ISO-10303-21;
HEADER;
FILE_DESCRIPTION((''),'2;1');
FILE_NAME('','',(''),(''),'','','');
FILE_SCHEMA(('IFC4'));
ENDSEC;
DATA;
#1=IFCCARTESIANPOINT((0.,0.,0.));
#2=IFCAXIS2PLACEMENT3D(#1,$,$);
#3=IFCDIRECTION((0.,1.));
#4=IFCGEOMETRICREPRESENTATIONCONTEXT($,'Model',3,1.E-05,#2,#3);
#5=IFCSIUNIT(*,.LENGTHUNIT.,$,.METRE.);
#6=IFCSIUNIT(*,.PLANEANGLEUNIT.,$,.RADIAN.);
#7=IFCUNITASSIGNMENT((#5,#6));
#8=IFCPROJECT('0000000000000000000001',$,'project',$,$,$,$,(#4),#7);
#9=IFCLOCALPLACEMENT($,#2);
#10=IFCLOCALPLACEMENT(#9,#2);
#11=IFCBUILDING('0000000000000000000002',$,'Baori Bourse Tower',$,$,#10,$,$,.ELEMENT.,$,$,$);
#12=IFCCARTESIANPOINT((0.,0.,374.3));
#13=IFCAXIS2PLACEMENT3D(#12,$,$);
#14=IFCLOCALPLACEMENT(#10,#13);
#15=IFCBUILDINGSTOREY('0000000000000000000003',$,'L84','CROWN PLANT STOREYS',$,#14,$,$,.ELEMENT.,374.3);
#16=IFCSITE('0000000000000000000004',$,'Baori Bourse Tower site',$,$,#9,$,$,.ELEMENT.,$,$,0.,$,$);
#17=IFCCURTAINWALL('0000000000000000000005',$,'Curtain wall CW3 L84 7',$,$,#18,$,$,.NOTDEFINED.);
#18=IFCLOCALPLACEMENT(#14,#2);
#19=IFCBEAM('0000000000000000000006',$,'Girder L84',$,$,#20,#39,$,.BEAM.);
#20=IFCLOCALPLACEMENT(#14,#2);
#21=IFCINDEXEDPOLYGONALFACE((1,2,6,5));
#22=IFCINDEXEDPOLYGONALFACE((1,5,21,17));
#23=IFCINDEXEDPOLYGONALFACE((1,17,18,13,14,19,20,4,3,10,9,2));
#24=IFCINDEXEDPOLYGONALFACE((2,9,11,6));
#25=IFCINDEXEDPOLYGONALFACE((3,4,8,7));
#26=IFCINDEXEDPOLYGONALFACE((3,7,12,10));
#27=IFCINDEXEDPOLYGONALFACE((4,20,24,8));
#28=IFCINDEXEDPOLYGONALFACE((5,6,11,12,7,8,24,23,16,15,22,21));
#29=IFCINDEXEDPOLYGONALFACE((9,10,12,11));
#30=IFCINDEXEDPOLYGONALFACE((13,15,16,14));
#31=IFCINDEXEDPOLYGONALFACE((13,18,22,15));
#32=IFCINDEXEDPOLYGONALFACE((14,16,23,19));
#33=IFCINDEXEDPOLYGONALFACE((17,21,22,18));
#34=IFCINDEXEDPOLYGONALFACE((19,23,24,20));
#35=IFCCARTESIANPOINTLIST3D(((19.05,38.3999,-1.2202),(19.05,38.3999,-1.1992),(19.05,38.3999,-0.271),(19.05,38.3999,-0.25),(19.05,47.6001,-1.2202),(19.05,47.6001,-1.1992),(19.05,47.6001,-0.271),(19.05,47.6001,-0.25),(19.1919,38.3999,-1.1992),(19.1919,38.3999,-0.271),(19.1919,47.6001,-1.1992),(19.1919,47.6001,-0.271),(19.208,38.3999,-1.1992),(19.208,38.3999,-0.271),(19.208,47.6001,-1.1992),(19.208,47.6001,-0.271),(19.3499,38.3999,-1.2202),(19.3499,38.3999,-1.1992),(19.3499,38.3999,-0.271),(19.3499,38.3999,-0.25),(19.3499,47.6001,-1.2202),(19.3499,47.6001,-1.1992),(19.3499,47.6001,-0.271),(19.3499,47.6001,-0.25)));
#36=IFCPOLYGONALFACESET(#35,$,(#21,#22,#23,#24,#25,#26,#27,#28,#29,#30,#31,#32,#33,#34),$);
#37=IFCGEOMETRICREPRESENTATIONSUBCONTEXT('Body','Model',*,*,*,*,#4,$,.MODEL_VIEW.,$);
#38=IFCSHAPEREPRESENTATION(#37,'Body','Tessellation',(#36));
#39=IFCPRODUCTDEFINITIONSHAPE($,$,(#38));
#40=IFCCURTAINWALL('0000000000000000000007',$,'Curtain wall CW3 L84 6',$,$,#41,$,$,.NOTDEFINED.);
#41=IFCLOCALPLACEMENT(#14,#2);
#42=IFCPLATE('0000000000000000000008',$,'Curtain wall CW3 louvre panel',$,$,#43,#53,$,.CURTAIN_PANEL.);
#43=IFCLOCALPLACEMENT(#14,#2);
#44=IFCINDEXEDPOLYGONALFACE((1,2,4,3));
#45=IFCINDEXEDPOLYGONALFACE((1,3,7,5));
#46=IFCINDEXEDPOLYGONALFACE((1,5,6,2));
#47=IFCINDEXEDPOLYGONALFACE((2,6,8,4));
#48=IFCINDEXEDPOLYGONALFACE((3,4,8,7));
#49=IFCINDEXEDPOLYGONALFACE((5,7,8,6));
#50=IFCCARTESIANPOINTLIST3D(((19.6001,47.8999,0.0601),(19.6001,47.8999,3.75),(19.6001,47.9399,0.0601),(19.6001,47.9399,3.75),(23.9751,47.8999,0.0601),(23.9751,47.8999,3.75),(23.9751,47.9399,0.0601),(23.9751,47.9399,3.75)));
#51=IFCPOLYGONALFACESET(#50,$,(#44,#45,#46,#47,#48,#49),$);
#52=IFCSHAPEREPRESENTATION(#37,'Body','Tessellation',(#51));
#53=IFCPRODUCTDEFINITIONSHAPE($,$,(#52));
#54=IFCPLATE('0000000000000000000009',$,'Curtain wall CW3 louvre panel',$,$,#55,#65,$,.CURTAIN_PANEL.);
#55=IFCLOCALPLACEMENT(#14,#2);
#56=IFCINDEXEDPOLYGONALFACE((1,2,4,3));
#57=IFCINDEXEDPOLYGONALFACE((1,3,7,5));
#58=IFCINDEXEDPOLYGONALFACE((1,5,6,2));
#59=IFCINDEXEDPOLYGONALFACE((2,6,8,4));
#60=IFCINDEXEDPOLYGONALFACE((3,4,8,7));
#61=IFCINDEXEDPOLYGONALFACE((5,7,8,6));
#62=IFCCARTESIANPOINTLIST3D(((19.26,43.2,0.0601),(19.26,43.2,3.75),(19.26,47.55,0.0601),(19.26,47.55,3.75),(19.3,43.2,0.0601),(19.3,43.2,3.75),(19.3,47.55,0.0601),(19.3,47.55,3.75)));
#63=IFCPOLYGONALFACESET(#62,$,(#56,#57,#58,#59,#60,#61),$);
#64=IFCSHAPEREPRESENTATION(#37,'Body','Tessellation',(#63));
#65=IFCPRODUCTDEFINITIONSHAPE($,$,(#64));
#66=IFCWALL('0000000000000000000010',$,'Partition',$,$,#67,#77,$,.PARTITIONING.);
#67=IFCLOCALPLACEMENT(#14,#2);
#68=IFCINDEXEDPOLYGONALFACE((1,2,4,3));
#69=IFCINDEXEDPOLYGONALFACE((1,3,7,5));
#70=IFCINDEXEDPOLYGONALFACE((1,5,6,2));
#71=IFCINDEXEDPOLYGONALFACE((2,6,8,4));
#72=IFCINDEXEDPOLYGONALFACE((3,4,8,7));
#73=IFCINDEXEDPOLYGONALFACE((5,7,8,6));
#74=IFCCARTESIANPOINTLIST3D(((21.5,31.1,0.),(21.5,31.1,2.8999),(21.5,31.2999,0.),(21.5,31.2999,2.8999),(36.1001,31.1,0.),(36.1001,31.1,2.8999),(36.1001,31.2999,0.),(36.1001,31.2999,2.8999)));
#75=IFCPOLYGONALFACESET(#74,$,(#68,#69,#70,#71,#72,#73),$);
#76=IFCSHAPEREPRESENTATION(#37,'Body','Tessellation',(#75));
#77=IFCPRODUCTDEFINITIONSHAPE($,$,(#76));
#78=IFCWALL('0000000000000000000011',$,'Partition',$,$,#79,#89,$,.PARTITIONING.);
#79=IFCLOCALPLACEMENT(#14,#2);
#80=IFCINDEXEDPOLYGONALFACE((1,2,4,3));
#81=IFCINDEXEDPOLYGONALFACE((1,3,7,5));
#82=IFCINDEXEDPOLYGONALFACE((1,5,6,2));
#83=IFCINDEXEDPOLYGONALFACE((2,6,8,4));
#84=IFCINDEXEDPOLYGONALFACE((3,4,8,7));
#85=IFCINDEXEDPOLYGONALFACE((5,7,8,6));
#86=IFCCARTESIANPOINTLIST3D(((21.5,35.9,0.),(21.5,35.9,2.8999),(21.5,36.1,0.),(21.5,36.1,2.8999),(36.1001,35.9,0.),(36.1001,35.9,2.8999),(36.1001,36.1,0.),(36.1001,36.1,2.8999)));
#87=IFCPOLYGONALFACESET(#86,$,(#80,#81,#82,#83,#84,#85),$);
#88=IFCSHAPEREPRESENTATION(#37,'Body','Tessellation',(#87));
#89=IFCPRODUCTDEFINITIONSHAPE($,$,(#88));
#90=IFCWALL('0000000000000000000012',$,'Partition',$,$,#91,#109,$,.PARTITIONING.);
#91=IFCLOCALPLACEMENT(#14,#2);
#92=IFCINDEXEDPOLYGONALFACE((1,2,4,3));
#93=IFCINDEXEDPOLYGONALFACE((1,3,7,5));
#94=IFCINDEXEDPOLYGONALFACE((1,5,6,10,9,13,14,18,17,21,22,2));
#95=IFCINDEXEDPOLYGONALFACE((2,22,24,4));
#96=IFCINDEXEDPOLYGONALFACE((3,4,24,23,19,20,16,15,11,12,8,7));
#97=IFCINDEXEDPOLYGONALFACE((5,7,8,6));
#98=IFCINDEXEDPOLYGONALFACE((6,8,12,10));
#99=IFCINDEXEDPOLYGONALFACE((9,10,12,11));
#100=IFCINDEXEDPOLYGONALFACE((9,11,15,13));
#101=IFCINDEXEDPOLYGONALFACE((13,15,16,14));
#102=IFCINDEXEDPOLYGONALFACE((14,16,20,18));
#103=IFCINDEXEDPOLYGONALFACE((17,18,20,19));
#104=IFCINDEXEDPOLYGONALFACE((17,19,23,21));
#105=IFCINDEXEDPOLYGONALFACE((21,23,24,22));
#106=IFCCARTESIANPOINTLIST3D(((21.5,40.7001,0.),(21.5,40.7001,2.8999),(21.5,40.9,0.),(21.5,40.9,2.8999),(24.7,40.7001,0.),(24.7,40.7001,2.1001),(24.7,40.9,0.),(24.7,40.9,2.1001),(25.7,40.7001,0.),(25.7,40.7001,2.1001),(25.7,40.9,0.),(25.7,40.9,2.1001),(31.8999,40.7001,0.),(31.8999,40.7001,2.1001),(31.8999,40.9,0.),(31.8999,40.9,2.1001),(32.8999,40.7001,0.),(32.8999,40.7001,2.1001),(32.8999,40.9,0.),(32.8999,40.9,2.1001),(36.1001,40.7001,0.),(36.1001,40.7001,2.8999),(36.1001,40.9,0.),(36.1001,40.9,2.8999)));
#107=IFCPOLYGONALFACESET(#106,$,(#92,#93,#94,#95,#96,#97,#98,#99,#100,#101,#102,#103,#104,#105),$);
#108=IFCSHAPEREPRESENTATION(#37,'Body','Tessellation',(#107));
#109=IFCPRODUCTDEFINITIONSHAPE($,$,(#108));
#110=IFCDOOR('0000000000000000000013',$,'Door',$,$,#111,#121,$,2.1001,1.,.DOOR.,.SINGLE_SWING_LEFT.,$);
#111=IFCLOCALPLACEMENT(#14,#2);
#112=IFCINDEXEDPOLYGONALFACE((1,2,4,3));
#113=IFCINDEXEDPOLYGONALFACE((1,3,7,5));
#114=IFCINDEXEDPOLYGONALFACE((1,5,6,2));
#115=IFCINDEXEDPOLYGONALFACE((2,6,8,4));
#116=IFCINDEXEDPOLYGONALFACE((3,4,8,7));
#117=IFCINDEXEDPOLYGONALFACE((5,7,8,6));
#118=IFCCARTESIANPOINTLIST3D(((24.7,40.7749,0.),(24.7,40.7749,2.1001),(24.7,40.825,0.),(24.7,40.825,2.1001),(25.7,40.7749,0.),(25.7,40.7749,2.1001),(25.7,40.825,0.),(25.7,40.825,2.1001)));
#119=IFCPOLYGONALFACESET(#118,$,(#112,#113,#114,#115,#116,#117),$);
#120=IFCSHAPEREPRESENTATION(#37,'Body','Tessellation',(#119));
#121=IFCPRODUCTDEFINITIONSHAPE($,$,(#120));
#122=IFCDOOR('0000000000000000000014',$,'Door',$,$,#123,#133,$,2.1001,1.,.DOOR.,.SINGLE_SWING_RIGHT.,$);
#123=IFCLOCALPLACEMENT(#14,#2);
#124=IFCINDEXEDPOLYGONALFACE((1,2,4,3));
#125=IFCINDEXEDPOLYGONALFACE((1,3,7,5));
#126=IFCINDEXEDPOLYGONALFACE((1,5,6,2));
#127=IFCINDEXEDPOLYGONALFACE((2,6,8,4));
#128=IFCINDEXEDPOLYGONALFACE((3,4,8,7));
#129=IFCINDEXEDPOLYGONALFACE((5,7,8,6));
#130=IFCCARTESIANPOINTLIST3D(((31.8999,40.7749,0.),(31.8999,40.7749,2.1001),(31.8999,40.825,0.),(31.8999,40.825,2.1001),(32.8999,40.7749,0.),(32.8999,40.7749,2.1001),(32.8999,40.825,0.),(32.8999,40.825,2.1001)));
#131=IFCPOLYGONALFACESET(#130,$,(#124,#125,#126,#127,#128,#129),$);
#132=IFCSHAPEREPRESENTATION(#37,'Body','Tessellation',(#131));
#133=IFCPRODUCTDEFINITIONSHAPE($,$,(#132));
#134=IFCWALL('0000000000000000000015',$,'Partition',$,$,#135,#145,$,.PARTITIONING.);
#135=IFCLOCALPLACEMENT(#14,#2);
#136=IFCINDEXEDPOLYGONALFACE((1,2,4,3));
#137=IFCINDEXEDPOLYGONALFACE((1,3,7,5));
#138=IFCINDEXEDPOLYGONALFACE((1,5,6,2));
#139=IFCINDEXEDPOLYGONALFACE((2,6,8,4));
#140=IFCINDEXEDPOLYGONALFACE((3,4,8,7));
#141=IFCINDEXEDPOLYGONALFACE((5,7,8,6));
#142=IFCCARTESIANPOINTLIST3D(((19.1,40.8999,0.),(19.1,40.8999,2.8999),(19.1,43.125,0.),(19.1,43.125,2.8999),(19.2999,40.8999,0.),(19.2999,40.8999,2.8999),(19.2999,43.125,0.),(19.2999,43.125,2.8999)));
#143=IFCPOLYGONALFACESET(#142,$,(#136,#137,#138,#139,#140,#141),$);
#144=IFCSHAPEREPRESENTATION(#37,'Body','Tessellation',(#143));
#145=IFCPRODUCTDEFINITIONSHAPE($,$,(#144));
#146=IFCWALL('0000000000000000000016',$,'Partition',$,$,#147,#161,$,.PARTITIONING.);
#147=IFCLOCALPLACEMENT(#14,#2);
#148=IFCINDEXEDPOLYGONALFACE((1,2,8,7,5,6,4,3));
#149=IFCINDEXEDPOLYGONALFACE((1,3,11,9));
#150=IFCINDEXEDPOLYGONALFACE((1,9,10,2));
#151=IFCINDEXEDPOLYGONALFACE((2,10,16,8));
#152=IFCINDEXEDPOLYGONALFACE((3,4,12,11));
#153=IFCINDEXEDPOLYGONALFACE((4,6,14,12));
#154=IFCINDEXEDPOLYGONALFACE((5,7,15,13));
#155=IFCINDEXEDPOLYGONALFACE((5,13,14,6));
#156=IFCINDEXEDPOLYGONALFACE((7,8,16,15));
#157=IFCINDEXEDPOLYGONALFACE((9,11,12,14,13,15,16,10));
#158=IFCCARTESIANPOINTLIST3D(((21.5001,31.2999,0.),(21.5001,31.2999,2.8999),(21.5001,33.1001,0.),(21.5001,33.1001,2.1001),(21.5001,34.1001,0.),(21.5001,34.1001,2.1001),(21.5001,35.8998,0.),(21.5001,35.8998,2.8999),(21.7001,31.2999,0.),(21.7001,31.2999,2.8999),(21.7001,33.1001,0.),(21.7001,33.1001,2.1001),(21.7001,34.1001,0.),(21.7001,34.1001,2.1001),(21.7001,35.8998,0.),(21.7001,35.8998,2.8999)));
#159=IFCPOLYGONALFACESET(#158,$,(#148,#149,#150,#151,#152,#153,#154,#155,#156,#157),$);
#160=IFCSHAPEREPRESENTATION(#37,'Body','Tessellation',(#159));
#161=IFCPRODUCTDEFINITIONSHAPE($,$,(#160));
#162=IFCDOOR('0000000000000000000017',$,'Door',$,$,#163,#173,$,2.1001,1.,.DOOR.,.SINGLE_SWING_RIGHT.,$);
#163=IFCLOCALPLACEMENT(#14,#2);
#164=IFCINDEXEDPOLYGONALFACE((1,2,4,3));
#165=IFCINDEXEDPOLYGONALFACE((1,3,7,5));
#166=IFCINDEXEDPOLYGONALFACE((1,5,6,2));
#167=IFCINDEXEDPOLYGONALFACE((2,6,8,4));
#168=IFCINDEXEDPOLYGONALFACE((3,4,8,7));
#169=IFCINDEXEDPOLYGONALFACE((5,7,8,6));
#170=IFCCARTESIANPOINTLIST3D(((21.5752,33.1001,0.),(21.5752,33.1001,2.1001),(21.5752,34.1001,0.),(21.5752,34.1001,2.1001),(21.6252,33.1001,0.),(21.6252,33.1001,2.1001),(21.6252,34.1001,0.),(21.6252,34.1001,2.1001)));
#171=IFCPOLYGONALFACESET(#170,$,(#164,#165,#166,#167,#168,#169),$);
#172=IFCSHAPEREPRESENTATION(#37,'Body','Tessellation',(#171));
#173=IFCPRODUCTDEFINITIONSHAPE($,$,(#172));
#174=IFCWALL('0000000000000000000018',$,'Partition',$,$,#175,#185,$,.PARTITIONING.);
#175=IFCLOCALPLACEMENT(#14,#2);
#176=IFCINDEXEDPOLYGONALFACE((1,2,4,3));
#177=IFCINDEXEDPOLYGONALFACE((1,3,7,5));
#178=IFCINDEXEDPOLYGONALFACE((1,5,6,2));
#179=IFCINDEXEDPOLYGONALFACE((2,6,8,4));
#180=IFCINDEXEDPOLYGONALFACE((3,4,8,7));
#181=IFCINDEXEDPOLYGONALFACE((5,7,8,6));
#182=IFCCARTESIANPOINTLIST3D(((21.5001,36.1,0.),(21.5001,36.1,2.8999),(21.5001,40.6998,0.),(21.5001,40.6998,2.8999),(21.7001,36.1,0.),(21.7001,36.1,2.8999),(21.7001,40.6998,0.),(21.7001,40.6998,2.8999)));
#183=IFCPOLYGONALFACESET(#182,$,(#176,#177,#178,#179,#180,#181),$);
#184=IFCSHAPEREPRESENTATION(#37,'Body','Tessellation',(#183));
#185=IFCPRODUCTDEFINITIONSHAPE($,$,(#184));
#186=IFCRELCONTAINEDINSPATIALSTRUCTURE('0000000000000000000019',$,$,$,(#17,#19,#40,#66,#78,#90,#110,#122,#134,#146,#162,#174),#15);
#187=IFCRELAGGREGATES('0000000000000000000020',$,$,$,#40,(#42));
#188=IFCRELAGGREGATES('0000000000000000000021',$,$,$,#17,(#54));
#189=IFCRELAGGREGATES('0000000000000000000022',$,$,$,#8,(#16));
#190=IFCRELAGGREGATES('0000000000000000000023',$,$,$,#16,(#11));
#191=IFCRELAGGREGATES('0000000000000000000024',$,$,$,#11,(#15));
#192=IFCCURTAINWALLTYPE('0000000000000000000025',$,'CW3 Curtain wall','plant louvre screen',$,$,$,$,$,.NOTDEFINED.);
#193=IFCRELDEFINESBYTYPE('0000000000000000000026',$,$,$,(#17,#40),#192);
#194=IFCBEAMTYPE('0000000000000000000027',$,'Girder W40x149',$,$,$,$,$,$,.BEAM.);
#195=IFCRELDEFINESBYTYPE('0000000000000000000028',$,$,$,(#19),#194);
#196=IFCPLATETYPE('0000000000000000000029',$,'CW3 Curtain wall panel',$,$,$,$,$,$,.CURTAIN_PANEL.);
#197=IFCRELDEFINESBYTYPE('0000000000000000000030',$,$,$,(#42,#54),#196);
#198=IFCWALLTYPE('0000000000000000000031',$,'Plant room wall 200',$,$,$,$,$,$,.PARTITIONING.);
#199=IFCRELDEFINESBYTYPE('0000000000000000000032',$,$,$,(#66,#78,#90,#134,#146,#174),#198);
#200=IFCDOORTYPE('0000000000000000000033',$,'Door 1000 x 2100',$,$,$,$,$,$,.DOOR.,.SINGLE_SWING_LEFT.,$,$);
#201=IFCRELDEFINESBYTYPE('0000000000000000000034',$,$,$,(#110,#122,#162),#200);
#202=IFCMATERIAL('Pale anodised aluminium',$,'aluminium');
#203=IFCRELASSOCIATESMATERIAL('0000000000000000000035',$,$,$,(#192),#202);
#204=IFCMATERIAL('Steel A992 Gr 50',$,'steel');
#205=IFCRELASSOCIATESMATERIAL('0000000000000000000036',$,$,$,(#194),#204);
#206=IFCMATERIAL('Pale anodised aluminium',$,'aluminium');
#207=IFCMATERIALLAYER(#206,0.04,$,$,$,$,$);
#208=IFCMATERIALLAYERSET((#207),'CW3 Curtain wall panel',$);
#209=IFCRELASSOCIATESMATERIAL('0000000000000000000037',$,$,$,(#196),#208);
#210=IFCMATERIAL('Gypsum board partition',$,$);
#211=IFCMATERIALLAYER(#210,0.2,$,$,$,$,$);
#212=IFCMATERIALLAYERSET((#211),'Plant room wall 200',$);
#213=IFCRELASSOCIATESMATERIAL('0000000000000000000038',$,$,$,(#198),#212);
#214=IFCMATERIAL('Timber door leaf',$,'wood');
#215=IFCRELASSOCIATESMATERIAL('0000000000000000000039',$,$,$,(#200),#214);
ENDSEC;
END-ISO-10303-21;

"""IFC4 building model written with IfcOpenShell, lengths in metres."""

from ifc_helpers import new_model, si_unit, direction, frame, frame_2d, origin, origin_2d, place, context, subcontext, project, spatial, rectangle, i_section, extrude, material, layer, layer_set, material_profile, profile_set, type_object, element, fill, aggregate, save


model = new_model("IFC4")

# Units and contexts
model_context = context("Model", 3, precision=1e-05, world=origin(), true_north=direction((0.0, 1.0)))
body_context = subcontext(model_context, "Body", "Model", "MODEL_VIEW")
ifc_project = project(units=[si_unit("LENGTHUNIT", "METRE"), si_unit("PLANEANGLEUNIT", "RADIAN")], contexts=[model_context])

# Site, building, storey
site_placement = place(None, origin())
site = spatial("IfcSite", under=ifc_project, at=site_placement, Name="Baori Bourse Tower site", CompositionType="ELEMENT", RefElevation=0.0)
building_placement = place(site_placement, origin())
building = spatial("IfcBuilding", under=site, at=building_placement, Name="Baori Bourse Tower", CompositionType="ELEMENT")
storey_placement = place(building_placement, frame((0.0, 0.0, 374.3)))
storey = spatial("IfcBuildingStorey", under=building, at=storey_placement, Name="L84", Description="CROWN PLANT STOREYS", CompositionType="ELEMENT", Elevation=374.3)

# Curtain wall
ifc_material_1 = material(Name="Pale anodised aluminium", Category="aluminium")
curtain_wall_type = type_object("IfcCurtainWallType", Name="CW3 Curtain wall", Description="plant louvre screen", PredefinedType="NOTDEFINED", material=ifc_material_1)
curtain_wall_1_placement = place(storey_placement, origin())
curtain_wall_1 = element("IfcCurtainWall", 1, at=curtain_wall_1_placement, inside=storey, type_object=curtain_wall_type, Name="Curtain wall CW3 L84 7", PredefinedType="NOTDEFINED")

# Beam
ifc_material_2 = material(Name="Steel A992 Gr 50", Category="steel")
ifc_material_profile_1 = material_profile(ifc_material_2, i_section(OverallWidth=0.2998, OverallDepth=0.9702, WebThickness=0.0161, FlangeThickness=0.021, at=origin_2d()), Name="W40x149")
ifc_profile_set_1 = profile_set([ifc_material_profile_1], Name="Steel A992 Gr 50")
beam_type_1 = type_object("IfcBeamType", Name="Girder W40x149", PredefinedType="BEAM", material=ifc_profile_set_1)
beam_1_placement = place(storey_placement, frame((19.2, 38.3999, -0.7351), z_axis=(0.0, 1.0, 0.0), x_axis=(-1.0, 0.0, 0.0)))
element("IfcBeam", 2, at=beam_1_placement, inside=storey, type_object=beam_type_1, Name="Girder L84", PredefinedType="BEAM", context=body_context, shape_type="SweptSolid", body=[
    extrude(i_section(OverallWidth=0.2998, OverallDepth=0.9702, WebThickness=0.0161, FlangeThickness=0.021, at=origin_2d()), origin(), (0.0, 0.0, 1.0), 9.2002),
])

# Curtain wall, plate
curtain_wall_2_placement = place(storey_placement, origin())
curtain_wall_2 = element("IfcCurtainWall", 3, at=curtain_wall_2_placement, inside=storey, type_object=curtain_wall_type, Name="Curtain wall CW3 L84 6", PredefinedType="NOTDEFINED")
ifc_material_3 = material(Name="Pale anodised aluminium", Category="aluminium")
ifc_layer_1 = layer(ifc_material_3, 0.04)
ifc_layer_set_1 = layer_set([ifc_layer_1], Name="CW3 Curtain wall panel")
plate_type = type_object("IfcPlateType", Name="CW3 Curtain wall panel", PredefinedType="CURTAIN_PANEL", material=ifc_layer_set_1)
plate_1_placement = place(storey_placement, frame((21.7876, 47.9199, 0.0601), z_axis=(0.0, 0.0, 1.0), x_axis=(-1.0, 0.0, 0.0)))
plate_1 = element("IfcPlate", 4, at=plate_1_placement, type_object=plate_type, Name="Curtain wall CW3 louvre panel", PredefinedType="CURTAIN_PANEL", context=body_context, shape_type="SweptSolid", body=[
    extrude(rectangle(XDim=4.375, YDim=0.04, at=origin_2d()), origin(), (0.0, 0.0, 1.0), 3.6899),
])
aggregate(curtain_wall_2, [plate_1])

# Plate
plate_2_placement = place(storey_placement, frame((19.28, 45.375, 0.0601), z_axis=(0.0, 0.0, 1.0), x_axis=(0.0, -1.0, 0.0)))
plate_2 = element("IfcPlate", 5, at=plate_2_placement, type_object=plate_type, Name="Curtain wall CW3 louvre panel", PredefinedType="CURTAIN_PANEL", context=body_context, shape_type="SweptSolid", body=[
    extrude(rectangle(XDim=4.3501, YDim=0.04, at=origin_2d()), origin(), (0.0, 0.0, 1.0), 3.6899),
])
aggregate(curtain_wall_1, [plate_2])

# Walls
ifc_material_4 = material(Name="Gypsum board partition")
ifc_layer_2 = layer(ifc_material_4, 0.2)
ifc_layer_set_2 = layer_set([ifc_layer_2], Name="Plant room wall 200")
wall_type = type_object("IfcWallType", Name="Plant room wall 200", PredefinedType="PARTITIONING", material=ifc_layer_set_2)
for number, where, z_axis, x_axis, name in (
    (6, (21.5, 31.2, 0.0), (0.0, 0.0, 1.0), (1.0, 0.0, 0.0), "Partition"),
    (7, (21.5, 36.0, 0.0), (0.0, 0.0, 1.0), (1.0, 0.0, 0.0), "Partition"),
):
    element("IfcWall", number, at=place(storey_placement, frame(where, z_axis=z_axis, x_axis=x_axis)), inside=storey, type_object=wall_type, Name=name, PredefinedType="PARTITIONING", context=body_context, shape_type="SweptSolid", body=[
        extrude(rectangle(XDim=14.6001, YDim=0.2, at=frame_2d((7.3, 0.0))), origin(), (0.0, 0.0, 1.0), 2.8999),
    ])

# Wall, openings, doors
wall_1_placement = place(storey_placement, frame((21.5, 40.8, 0.0), z_axis=(0.0, 0.0, 1.0), x_axis=(1.0, 0.0, 0.0)))
wall_1 = element("IfcWall", 8, at=wall_1_placement, inside=storey, type_object=wall_type, Name="Partition", PredefinedType="PARTITIONING", context=body_context, shape_type="SweptSolid", body=[
    extrude(rectangle(XDim=14.6001, YDim=0.2, at=frame_2d((7.3, 0.0))), origin(), (0.0, 0.0, 1.0), 2.8999),
])
opening_1_placement = place(wall_1_placement, frame((3.2, 0.0, 0.0)))
opening_1 = element("IfcOpeningElement", 9, at=opening_1_placement, cuts=wall_1, PredefinedType="OPENING", context=body_context, shape_type="SweptSolid", body=[
    extrude(rectangle(XDim=1.0, YDim=2.1001, at=frame_2d((0.5, 1.05))), frame((0.0, 0.1099, 0.0), z_axis=(0.0, -1.0, 0.0), x_axis=(1.0, 0.0, 0.0)), (0.0, 0.0, 1.0), 0.22),
])
opening_2_placement = place(wall_1_placement, frame((10.3999, 0.0, 0.0)))
opening_2 = element("IfcOpeningElement", 10, at=opening_2_placement, cuts=wall_1, PredefinedType="OPENING", context=body_context, shape_type="SweptSolid", body=[
    extrude(rectangle(XDim=1.0, YDim=2.1001, at=frame_2d((0.5, 1.05))), frame((0.0, 0.1099, 0.0), z_axis=(0.0, -1.0, 0.0), x_axis=(1.0, 0.0, 0.0)), (0.0, 0.0, 1.0), 0.22),
])
ifc_material_5 = material(Name="Timber door leaf", Category="wood")
door_type = type_object("IfcDoorType", Name="Door 1000 x 2100", OperationType="SINGLE_SWING_LEFT", PredefinedType="DOOR", material=ifc_material_5)
door_1_placement = place(opening_1_placement, origin())
door_1 = element("IfcDoor", 11, at=door_1_placement, inside=storey, type_object=door_type, Name="Door", OperationType="SINGLE_SWING_LEFT", OverallHeight=2.1001, OverallWidth=1.0, PredefinedType="DOOR", context=body_context, shape_type="SweptSolid", body=[
    extrude(rectangle(XDim=1.0, YDim=2.1001, at=frame_2d((0.5, 1.05))), frame((0.0, 0.0249, 0.0), z_axis=(0.0, -1.0, 0.0), x_axis=(1.0, 0.0, 0.0)), (0.0, 0.0, 1.0), 0.05),
])
fill(opening_1, door_1)
door_2_placement = place(opening_2_placement, origin())
door_2 = element("IfcDoor", 12, at=door_2_placement, inside=storey, type_object=door_type, Name="Door", OperationType="SINGLE_SWING_RIGHT", OverallHeight=2.1001, OverallWidth=1.0, PredefinedType="DOOR", context=body_context, shape_type="SweptSolid", body=[
    extrude(rectangle(XDim=1.0, YDim=2.1001, at=frame_2d((0.5, 1.05))), frame((0.0, 0.0249, 0.0), z_axis=(0.0, -1.0, 0.0), x_axis=(1.0, 0.0, 0.0)), (0.0, 0.0, 1.0), 0.05),
])
fill(opening_2, door_2)

# Wall
wall_2_placement = place(storey_placement, frame((19.2, 40.8999, 0.0), z_axis=(0.0, 0.0, 1.0), x_axis=(0.0, 1.0, 0.0)))
element("IfcWall", 13, at=wall_2_placement, inside=storey, type_object=wall_type, Name="Partition", PredefinedType="PARTITIONING", context=body_context, shape_type="SweptSolid", body=[
    extrude(rectangle(XDim=2.2251, YDim=0.2, at=frame_2d((1.1125, 0.0))), origin(), (0.0, 0.0, 1.0), 2.8999),
])

# Wall, opening, door
wall_3_placement = place(storey_placement, frame((21.6001, 31.3, 0.0), z_axis=(0.0, 0.0, 1.0), x_axis=(0.0, 1.0, 0.0)))
wall_3 = element("IfcWall", 14, at=wall_3_placement, inside=storey, type_object=wall_type, Name="Partition", PredefinedType="PARTITIONING", context=body_context, shape_type="SweptSolid", body=[
    extrude(rectangle(XDim=4.5999, YDim=0.2, at=frame_2d((2.2998, 0.0))), origin(), (0.0, 0.0, 1.0), 2.8999),
])
opening_3_placement = place(wall_3_placement, frame((1.8, 0.0, 0.0)))
opening_3 = element("IfcOpeningElement", 15, at=opening_3_placement, cuts=wall_3, PredefinedType="OPENING", context=body_context, shape_type="SweptSolid", body=[
    extrude(rectangle(XDim=1.0, YDim=2.1001, at=frame_2d((0.5, 1.05))), frame((0.0, 0.1099, 0.0), z_axis=(0.0, -1.0, 0.0), x_axis=(1.0, 0.0, 0.0)), (0.0, 0.0, 1.0), 0.22),
])
door_3_placement = place(opening_3_placement, origin())
door_3 = element("IfcDoor", 16, at=door_3_placement, inside=storey, type_object=door_type, Name="Door", OperationType="SINGLE_SWING_RIGHT", OverallHeight=2.1001, OverallWidth=1.0, PredefinedType="DOOR", context=body_context, shape_type="SweptSolid", body=[
    extrude(rectangle(XDim=1.0, YDim=2.1001, at=frame_2d((0.5, 1.05))), frame((0.0, 0.0249, 0.0), z_axis=(0.0, -1.0, 0.0), x_axis=(1.0, 0.0, 0.0)), (0.0, 0.0, 1.0), 0.05),
])
fill(opening_3, door_3)

# Wall
for number, where, z_axis, x_axis, name in (
    (17, (21.6001, 36.1001, 0.0), (0.0, 0.0, 1.0), (0.0, 1.0, 0.0), "Partition"),
):
    element("IfcWall", number, at=place(storey_placement, frame(where, z_axis=z_axis, x_axis=x_axis)), inside=storey, type_object=wall_type, Name=name, PredefinedType="PARTITIONING", context=body_context, shape_type="SweptSolid", body=[
        extrude(rectangle(XDim=4.5999, YDim=0.2, at=frame_2d((2.2998, 0.0))), origin(), (0.0, 0.0, 1.0), 2.8999),
    ])

save(model, "model.ifc")
